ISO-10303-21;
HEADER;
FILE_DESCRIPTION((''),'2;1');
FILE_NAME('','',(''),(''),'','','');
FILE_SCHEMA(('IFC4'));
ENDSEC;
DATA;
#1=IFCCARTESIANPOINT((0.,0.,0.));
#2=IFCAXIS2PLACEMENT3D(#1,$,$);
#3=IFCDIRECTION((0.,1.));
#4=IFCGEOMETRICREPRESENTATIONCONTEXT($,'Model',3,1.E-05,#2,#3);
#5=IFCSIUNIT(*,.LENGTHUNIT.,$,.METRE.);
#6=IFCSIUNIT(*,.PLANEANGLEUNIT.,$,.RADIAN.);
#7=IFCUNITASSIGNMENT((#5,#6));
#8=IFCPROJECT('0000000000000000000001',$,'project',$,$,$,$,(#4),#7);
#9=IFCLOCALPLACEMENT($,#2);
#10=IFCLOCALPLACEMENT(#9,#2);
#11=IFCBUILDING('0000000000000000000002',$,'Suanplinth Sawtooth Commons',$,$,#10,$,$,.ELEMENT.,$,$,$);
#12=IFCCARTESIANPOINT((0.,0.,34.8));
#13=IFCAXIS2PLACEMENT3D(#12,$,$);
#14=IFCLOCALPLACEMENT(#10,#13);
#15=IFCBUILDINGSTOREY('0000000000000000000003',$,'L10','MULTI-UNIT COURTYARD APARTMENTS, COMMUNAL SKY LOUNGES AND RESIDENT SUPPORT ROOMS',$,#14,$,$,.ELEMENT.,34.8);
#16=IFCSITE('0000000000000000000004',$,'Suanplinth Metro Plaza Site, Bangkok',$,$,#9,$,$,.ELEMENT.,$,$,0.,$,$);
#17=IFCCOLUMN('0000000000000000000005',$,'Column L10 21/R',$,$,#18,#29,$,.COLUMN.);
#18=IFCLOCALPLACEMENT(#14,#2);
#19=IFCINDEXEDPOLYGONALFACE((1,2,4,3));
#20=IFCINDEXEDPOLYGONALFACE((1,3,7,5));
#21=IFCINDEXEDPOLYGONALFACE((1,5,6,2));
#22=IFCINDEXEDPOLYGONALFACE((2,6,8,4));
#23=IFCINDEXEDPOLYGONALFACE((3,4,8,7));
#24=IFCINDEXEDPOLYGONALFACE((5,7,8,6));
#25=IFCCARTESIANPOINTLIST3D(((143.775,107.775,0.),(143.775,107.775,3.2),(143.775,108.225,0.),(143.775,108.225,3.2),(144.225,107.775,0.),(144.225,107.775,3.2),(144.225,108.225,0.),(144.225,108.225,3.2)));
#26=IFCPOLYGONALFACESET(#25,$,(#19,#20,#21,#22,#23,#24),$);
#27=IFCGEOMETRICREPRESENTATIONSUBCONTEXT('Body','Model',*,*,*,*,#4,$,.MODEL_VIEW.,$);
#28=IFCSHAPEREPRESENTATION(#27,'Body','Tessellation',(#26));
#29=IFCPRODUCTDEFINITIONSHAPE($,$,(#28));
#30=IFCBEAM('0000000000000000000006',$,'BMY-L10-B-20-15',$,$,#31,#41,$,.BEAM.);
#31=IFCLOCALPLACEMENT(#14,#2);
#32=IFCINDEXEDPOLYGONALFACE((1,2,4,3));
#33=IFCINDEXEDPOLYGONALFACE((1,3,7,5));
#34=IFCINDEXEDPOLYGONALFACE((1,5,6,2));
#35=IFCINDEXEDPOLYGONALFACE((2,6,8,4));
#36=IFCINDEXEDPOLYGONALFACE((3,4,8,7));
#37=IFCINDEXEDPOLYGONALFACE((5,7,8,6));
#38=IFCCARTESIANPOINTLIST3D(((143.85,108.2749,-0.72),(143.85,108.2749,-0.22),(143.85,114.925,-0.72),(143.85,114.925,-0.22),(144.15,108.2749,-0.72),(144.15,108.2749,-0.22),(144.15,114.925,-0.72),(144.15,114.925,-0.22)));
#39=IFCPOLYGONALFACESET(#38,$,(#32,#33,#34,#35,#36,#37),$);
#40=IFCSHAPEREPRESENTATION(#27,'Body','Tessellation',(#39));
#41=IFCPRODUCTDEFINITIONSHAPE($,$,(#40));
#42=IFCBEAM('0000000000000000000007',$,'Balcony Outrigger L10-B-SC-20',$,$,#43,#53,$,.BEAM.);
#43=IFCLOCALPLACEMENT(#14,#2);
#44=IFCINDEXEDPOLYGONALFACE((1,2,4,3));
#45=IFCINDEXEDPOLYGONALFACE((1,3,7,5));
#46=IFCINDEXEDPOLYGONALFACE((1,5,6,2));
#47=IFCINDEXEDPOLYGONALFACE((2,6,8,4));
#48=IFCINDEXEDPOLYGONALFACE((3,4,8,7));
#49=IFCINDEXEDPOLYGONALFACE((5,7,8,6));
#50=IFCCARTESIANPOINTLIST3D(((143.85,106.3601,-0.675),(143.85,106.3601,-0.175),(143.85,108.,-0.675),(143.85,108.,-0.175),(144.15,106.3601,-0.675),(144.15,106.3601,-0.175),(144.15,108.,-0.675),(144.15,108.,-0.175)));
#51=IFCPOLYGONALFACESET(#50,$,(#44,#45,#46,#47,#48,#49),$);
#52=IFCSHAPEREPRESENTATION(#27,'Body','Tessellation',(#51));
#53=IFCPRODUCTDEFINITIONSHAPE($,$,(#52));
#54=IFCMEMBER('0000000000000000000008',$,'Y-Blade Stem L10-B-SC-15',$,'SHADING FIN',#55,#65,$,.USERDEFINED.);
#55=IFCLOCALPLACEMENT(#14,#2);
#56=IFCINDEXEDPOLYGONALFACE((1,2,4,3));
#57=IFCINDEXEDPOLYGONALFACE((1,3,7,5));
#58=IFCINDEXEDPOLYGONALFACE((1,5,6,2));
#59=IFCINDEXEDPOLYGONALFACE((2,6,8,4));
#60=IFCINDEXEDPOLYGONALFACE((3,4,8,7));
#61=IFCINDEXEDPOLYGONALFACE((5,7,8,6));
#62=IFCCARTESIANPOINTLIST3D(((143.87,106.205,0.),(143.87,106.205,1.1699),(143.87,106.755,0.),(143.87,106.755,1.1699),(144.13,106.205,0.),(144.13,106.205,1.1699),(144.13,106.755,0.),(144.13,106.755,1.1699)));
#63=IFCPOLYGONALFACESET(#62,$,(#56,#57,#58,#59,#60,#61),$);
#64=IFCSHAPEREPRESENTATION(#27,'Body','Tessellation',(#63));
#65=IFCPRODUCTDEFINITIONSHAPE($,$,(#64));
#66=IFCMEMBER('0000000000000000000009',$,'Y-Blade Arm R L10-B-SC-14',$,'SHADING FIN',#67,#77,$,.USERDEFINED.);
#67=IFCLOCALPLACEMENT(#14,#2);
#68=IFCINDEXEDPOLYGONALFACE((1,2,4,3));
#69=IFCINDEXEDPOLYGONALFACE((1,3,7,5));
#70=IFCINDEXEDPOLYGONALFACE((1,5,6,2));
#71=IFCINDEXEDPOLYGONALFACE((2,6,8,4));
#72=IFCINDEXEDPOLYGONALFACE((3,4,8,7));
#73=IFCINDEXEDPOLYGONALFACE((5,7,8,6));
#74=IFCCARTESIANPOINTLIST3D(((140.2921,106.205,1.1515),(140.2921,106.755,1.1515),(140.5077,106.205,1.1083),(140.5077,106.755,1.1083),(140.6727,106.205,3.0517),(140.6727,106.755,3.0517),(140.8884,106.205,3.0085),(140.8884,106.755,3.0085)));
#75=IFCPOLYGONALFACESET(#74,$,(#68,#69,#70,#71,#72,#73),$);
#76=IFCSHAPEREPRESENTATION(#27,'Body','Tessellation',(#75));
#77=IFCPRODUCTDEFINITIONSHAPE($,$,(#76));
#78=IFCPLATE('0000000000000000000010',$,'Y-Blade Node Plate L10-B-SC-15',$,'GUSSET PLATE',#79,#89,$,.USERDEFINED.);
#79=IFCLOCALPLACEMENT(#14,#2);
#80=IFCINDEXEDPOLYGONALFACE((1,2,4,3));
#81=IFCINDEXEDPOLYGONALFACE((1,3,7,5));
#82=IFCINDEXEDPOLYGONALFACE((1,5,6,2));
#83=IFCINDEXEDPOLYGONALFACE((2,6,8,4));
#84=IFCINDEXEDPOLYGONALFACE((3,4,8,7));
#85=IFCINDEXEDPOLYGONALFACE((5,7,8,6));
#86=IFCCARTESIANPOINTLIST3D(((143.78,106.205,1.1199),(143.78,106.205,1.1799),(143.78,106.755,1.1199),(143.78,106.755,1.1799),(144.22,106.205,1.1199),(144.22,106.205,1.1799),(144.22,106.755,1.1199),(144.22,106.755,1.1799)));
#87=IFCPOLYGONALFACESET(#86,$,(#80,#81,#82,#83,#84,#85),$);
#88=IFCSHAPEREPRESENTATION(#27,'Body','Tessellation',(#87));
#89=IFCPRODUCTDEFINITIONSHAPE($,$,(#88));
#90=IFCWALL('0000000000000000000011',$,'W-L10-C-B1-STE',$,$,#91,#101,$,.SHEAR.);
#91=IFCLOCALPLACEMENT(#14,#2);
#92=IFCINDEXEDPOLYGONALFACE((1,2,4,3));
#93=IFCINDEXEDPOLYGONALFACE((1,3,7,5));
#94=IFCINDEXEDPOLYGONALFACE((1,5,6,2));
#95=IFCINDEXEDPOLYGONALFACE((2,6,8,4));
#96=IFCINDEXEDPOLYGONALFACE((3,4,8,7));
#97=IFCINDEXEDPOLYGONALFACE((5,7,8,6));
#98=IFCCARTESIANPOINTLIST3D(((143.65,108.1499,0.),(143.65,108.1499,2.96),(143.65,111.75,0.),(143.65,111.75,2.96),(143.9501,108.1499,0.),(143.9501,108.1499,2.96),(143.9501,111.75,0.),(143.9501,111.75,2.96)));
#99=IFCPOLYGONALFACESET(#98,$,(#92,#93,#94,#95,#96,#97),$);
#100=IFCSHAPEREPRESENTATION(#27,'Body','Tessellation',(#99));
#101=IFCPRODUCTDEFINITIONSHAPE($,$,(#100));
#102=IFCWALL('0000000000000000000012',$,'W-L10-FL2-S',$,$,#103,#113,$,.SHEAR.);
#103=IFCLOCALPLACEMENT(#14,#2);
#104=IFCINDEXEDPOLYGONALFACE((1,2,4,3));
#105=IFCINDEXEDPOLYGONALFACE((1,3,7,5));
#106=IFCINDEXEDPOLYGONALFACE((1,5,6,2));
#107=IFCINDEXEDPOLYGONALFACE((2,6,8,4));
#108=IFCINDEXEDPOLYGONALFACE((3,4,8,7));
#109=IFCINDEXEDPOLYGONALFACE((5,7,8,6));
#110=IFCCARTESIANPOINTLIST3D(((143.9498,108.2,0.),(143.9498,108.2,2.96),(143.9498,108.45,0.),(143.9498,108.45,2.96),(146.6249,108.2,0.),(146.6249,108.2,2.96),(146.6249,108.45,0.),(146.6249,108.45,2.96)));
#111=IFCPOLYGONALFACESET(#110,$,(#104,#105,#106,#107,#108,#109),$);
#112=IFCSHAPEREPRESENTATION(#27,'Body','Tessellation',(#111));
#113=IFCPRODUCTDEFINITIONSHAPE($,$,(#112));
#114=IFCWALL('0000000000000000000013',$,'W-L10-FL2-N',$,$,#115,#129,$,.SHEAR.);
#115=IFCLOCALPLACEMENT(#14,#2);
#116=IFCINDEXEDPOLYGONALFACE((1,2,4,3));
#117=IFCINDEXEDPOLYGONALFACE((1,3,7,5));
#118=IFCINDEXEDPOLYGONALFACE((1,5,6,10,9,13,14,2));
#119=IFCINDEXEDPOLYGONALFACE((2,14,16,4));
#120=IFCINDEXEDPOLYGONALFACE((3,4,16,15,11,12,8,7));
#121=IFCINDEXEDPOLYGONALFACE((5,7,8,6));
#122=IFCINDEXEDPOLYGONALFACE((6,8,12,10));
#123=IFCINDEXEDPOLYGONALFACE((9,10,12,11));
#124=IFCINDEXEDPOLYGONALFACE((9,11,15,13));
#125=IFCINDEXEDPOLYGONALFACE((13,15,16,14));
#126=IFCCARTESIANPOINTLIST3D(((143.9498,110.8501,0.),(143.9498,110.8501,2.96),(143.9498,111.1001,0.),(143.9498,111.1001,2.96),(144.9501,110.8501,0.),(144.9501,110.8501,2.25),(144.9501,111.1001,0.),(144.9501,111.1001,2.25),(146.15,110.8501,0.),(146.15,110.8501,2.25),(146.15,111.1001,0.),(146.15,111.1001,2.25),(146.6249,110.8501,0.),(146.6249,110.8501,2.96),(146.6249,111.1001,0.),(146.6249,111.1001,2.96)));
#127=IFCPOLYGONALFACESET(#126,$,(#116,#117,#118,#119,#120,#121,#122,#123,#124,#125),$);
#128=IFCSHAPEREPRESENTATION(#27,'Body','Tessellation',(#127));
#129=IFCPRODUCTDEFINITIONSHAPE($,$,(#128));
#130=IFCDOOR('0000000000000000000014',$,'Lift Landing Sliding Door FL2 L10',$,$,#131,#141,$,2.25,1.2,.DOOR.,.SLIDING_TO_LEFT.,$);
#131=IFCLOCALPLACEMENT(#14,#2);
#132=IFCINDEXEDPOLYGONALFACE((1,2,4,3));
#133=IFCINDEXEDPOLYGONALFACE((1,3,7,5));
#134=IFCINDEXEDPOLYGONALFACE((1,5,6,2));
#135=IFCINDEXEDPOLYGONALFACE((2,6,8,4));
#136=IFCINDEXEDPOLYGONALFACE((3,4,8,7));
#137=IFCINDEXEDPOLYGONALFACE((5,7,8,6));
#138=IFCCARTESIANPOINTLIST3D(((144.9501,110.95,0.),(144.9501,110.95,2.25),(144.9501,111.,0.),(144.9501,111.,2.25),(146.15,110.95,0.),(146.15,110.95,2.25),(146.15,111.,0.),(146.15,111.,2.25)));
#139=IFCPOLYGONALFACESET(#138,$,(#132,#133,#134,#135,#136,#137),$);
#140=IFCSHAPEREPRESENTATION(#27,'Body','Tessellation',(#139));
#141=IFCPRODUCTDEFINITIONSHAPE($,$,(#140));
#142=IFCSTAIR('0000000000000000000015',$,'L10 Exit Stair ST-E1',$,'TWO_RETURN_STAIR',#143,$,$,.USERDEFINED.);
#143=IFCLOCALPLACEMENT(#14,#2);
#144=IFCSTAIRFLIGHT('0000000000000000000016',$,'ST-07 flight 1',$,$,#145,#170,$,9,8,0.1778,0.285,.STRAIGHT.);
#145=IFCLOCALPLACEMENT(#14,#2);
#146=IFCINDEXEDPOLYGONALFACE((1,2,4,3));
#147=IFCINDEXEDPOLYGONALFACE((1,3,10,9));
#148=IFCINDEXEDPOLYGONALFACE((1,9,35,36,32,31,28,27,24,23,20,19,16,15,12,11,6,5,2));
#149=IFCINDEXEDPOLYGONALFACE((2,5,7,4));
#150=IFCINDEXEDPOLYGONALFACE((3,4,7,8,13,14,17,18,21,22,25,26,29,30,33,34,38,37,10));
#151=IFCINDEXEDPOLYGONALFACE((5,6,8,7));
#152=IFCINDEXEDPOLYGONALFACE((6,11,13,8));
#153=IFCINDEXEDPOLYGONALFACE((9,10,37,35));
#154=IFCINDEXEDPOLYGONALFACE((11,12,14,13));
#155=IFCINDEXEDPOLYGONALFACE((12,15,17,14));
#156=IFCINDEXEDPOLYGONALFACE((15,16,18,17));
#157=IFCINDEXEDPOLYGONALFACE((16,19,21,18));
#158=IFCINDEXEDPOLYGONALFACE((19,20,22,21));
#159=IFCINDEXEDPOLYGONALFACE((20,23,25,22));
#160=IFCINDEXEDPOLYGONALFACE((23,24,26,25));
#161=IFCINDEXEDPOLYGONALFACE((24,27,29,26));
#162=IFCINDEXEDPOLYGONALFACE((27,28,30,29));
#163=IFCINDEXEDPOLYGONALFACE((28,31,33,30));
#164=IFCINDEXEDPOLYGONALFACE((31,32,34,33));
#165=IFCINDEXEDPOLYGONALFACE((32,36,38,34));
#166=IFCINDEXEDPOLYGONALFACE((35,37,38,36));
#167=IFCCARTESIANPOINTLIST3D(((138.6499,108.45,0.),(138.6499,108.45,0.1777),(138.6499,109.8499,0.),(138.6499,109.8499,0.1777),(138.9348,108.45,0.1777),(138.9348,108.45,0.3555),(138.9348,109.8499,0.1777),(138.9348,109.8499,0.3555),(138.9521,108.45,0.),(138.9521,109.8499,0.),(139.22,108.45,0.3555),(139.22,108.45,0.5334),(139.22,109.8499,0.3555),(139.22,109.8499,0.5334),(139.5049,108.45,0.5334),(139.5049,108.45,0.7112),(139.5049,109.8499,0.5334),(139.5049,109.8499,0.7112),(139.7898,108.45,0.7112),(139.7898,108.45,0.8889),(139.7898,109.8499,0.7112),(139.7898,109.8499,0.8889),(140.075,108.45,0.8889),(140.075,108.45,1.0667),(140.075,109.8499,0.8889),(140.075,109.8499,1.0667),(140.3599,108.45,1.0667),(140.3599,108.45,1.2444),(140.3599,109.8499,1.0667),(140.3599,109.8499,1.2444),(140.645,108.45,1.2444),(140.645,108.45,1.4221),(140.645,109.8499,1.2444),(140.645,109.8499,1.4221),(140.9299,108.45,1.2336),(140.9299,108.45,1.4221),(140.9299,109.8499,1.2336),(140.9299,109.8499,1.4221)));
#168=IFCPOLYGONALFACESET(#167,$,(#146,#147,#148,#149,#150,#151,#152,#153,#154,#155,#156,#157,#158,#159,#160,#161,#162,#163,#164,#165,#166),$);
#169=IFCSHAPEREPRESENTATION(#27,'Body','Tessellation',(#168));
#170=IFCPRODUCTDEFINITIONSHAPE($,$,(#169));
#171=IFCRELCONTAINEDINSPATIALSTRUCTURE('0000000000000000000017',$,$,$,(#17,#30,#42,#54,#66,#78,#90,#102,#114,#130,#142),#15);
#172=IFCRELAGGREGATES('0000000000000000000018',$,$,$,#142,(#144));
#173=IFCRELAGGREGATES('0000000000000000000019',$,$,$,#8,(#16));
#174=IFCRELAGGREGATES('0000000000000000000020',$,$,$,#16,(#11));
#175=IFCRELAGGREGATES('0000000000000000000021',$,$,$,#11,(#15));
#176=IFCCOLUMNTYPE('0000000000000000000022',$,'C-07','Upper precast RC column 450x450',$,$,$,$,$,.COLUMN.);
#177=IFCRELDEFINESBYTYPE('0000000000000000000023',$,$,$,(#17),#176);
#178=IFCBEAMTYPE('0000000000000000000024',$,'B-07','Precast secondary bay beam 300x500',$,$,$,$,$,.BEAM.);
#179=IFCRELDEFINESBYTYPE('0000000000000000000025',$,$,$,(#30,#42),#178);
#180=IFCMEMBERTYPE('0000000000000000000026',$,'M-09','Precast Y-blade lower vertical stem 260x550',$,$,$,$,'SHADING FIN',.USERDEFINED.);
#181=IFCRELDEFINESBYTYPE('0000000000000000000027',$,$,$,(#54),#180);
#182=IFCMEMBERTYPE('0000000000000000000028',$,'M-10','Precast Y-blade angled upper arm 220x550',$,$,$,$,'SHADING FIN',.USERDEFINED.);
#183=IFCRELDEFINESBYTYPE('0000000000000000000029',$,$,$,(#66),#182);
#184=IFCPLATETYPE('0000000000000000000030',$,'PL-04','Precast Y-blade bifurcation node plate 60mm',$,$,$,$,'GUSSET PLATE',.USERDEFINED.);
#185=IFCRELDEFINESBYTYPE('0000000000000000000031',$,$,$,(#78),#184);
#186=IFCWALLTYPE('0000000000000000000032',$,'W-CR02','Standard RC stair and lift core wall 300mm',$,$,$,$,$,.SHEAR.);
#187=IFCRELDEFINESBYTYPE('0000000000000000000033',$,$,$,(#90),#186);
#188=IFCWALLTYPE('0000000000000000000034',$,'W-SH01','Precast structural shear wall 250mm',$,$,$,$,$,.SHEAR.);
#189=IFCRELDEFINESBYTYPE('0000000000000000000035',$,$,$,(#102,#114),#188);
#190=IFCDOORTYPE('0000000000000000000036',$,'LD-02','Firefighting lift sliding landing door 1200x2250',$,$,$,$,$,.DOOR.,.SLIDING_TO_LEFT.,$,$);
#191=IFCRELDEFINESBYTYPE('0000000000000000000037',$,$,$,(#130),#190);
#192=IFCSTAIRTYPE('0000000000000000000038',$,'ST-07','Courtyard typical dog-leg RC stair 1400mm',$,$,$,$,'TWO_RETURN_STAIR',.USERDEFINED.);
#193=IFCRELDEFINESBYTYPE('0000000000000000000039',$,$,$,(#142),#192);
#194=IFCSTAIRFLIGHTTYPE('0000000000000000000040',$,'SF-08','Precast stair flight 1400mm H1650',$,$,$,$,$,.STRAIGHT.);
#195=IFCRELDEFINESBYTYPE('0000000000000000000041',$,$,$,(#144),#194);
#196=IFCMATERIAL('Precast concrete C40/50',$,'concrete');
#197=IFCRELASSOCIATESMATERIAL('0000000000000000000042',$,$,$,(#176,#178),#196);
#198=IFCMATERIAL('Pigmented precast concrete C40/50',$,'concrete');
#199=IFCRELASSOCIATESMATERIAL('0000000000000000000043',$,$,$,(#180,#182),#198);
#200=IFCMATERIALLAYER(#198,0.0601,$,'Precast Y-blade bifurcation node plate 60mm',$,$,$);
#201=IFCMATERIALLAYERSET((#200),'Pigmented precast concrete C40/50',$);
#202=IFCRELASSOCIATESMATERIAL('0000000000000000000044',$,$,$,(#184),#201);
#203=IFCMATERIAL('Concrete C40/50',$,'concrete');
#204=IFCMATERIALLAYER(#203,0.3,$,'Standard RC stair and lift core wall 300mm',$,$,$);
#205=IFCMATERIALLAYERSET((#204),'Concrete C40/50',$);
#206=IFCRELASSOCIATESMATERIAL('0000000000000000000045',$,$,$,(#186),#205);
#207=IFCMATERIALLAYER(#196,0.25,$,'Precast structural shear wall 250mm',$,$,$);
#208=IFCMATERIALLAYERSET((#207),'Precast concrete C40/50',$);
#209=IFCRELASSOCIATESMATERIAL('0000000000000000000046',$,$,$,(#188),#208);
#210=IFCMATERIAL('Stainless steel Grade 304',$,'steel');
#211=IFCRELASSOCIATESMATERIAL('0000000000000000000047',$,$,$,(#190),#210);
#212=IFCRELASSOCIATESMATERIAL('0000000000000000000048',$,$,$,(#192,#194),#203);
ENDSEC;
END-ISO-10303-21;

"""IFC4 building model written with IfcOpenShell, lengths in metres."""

from ifc_helpers import new_model, si_unit, direction, frame, frame_2d, origin, origin_2d, place, context, subcontext, project, spatial, polyline, rectangle, outline, extrude, material, layer, layer_set, material_profile, profile_set, type_object, element, fill, aggregate, save


model = new_model("IFC4")

# Units and contexts
model_context = context("Model", 3, precision=1e-05, world=origin(), true_north=direction((0.0, 1.0)))
body_context = subcontext(model_context, "Body", "Model", "MODEL_VIEW")
ifc_project = project(units=[si_unit("LENGTHUNIT", "METRE"), si_unit("PLANEANGLEUNIT", "RADIAN")], contexts=[model_context])

# Site, building, storey
site_placement = place(None, origin())
site = spatial("IfcSite", under=ifc_project, at=site_placement, Name="Suanplinth Metro Plaza Site, Bangkok", CompositionType="ELEMENT", RefElevation=0.0)
building_placement = place(site_placement, origin())
building = spatial("IfcBuilding", under=site, at=building_placement, Name="Suanplinth Sawtooth Commons", CompositionType="ELEMENT")
storey_placement = place(building_placement, frame((0.0, 0.0, 34.8)))
storey = spatial("IfcBuildingStorey", under=building, at=storey_placement, Name="L10", Description="MULTI-UNIT COURTYARD APARTMENTS, COMMUNAL SKY LOUNGES AND RESIDENT SUPPORT ROOMS", CompositionType="ELEMENT", Elevation=34.8)

# Column
ifc_material_1 = material(Name="Precast concrete C40/50", Category="concrete")
ifc_material_profile_1 = material_profile(ifc_material_1, rectangle(XDim=0.45, YDim=0.45, at=origin_2d()), Name="PC-COL 450x450")
ifc_profile_set_1 = profile_set([ifc_material_profile_1], Name="Precast concrete C40/50")
column_type = type_object("IfcColumnType", Name="C-07", Description="Upper precast RC column 450x450", PredefinedType="COLUMN", material=ifc_profile_set_1)
column_placement = place(storey_placement, frame((144.0, 108.0, 0.0), z_axis=(0.0, 0.0, 1.0), x_axis=(1.0, 0.0, 0.0)))
element("IfcColumn", 1, at=column_placement, inside=storey, type_object=column_type, Name="Column L10 21/R", PredefinedType="COLUMN", context=body_context, shape_type="SweptSolid", body=[
    extrude(rectangle(XDim=0.45, YDim=0.45, at=origin_2d()), origin(), (0.0, 0.0, 1.0), 3.2),
])

# Beams
ifc_material_profile_2 = material_profile(ifc_material_1, rectangle(XDim=0.3, YDim=0.5, at=origin_2d()), Name="PC-BM 300x500")
ifc_profile_set_2 = profile_set([ifc_material_profile_2], Name="Precast concrete C40/50")
beam_type = type_object("IfcBeamType", Name="B-07", Description="Precast secondary bay beam 300x500", PredefinedType="BEAM", material=ifc_profile_set_2)
beam_1_placement = place(storey_placement, frame((144.0, 108.2749, -0.47), z_axis=(0.0, 1.0, 0.0), x_axis=(-1.0, 0.0, 0.0)))
element("IfcBeam", 2, at=beam_1_placement, inside=storey, type_object=beam_type, Name="BMY-L10-B-20-15", PredefinedType="BEAM", context=body_context, shape_type="SweptSolid", body=[
    extrude(rectangle(XDim=0.3, YDim=0.5, at=origin_2d()), origin(), (0.0, 0.0, 1.0), 6.6501),
])
beam_2_placement = place(storey_placement, frame((144.0, 108.0, -0.425), z_axis=(0.0, -1.0, 0.0), x_axis=(1.0, 0.0, 0.0)))
element("IfcBeam", 3, at=beam_2_placement, inside=storey, type_object=beam_type, Name="Balcony Outrigger L10-B-SC-20", PredefinedType="BEAM", context=body_context, shape_type="SweptSolid", body=[
    extrude(rectangle(XDim=0.3, YDim=0.5, at=origin_2d()), origin(), (0.0, 0.0, 1.0), 1.6399),
])

# Members
ifc_material_2 = material(Name="Pigmented precast concrete C40/50", Category="concrete")
ifc_material_profile_3 = material_profile(ifc_material_2, rectangle(XDim=0.26, YDim=0.55, at=origin_2d()), Name="PC-FIN 260x550")
ifc_profile_set_3 = profile_set([ifc_material_profile_3], Name="Pigmented precast concrete C40/50")
member_type_1 = type_object("IfcMemberType", Name="M-09", Description="Precast Y-blade lower vertical stem 260x550", ElementType="SHADING FIN", PredefinedType="USERDEFINED", material=ifc_profile_set_3)
member_1_placement = place(storey_placement, frame((144.0, 106.48, 0.0), z_axis=(0.0, 0.0, 1.0), x_axis=(1.0, 0.0, 0.0)))
element("IfcMember", 4, at=member_1_placement, inside=storey, type_object=member_type_1, Name="Y-Blade Stem L10-B-SC-15", ObjectType="SHADING FIN", PredefinedType="USERDEFINED", context=body_context, shape_type="SweptSolid", body=[
    extrude(rectangle(XDim=0.26, YDim=0.55, at=origin_2d()), origin(), (0.0, 0.0, 1.0), 1.1699),
])
ifc_material_profile_4 = material_profile(ifc_material_2, rectangle(XDim=0.22, YDim=0.55, at=origin_2d()), Name="PC-FIN 220x550")
ifc_profile_set_4 = profile_set([ifc_material_profile_4], Name="Pigmented precast concrete C40/50")
member_type_2 = type_object("IfcMemberType", Name="M-10", Description="Precast Y-blade angled upper arm 220x550", ElementType="SHADING FIN", PredefinedType="USERDEFINED", material=ifc_profile_set_4)
member_2_placement = place(storey_placement, frame((140.3999, 106.48, 1.1299), z_axis=(0.196407, 0.0, 0.980522), x_axis=(-0.980522, 0.0, 0.196407)))
element("IfcMember", 5, at=member_2_placement, inside=storey, type_object=member_type_2, Name="Y-Blade Arm R L10-B-SC-14", ObjectType="SHADING FIN", PredefinedType="USERDEFINED", context=body_context, shape_type="SweptSolid", body=[
    extrude(rectangle(XDim=0.22, YDim=0.55, at=origin_2d()), origin(), (0.0, 0.0, 1.0), 1.938),
])

# Plate
ifc_layer_1 = layer(ifc_material_2, 0.0601, Name="Precast Y-blade bifurcation node plate 60mm")
ifc_layer_set_1 = layer_set([ifc_layer_1], Name="Pigmented precast concrete C40/50")
plate_type = type_object("IfcPlateType", Name="PL-04", Description="Precast Y-blade bifurcation node plate 60mm", ElementType="GUSSET PLATE", PredefinedType="USERDEFINED", material=ifc_layer_set_1)
plate_placement = place(storey_placement, frame((144.0, 106.48, 1.1199), z_axis=(0.0, 0.0, 1.0), x_axis=(1.0, 0.0, 0.0)))
element("IfcPlate", 6, at=plate_placement, inside=storey, type_object=plate_type, Name="Y-Blade Node Plate L10-B-SC-15", ObjectType="GUSSET PLATE", PredefinedType="USERDEFINED", context=body_context, shape_type="SweptSolid", body=[
    extrude(rectangle(XDim=0.4399, YDim=0.55, at=origin_2d()), origin(), (0.0, 0.0, 1.0), 0.0601),
])

# Walls
ifc_material_3 = material(Name="Concrete C40/50", Category="concrete")
ifc_layer_2 = layer(ifc_material_3, 0.3, Name="Standard RC stair and lift core wall 300mm")
ifc_layer_set_2 = layer_set([ifc_layer_2], Name="Concrete C40/50")
wall_type_1 = type_object("IfcWallType", Name="W-CR02", Description="Standard RC stair and lift core wall 300mm", PredefinedType="SHEAR", material=ifc_layer_set_2)
wall_1_placement = place(storey_placement, frame((143.8, 108.1499, 0.0), z_axis=(0.0, 0.0, 1.0), x_axis=(0.0, 1.0, 0.0)))
element("IfcWall", 7, at=wall_1_placement, inside=storey, type_object=wall_type_1, Name="W-L10-C-B1-STE", PredefinedType="SHEAR", context=body_context, shape_type="SweptSolid", body=[
    extrude(rectangle(XDim=3.6001, YDim=0.3, at=frame_2d((1.8, 0.0))), origin(), (0.0, 0.0, 1.0), 2.96),
])
ifc_layer_3 = layer(ifc_material_1, 0.25, Name="Precast structural shear wall 250mm")
ifc_layer_set_3 = layer_set([ifc_layer_3], Name="Precast concrete C40/50")
wall_type_2 = type_object("IfcWallType", Name="W-SH01", Description="Precast structural shear wall 250mm", PredefinedType="SHEAR", material=ifc_layer_set_3)
wall_2_placement = place(storey_placement, frame((143.95, 108.325, 0.0), z_axis=(0.0, 0.0, 1.0), x_axis=(1.0, 0.0, 0.0)))
element("IfcWall", 8, at=wall_2_placement, inside=storey, type_object=wall_type_2, Name="W-L10-FL2-S", PredefinedType="SHEAR", context=body_context, shape_type="SweptSolid", body=[
    extrude(rectangle(XDim=2.675, YDim=0.25, at=frame_2d((1.3374, 0.0))), origin(), (0.0, 0.0, 1.0), 2.96),
])

# Wall, opening, door
wall_3_placement = place(storey_placement, frame((143.95, 110.9751, 0.0), z_axis=(0.0, 0.0, 1.0), x_axis=(1.0, 0.0, 0.0)))
wall_3 = element("IfcWall", 9, at=wall_3_placement, inside=storey, type_object=wall_type_2, Name="W-L10-FL2-N", PredefinedType="SHEAR", context=body_context, shape_type="SweptSolid", body=[
    extrude(rectangle(XDim=2.675, YDim=0.25, at=frame_2d((1.3374, 0.0))), origin(), (0.0, 0.0, 1.0), 2.96),
])
opening_placement = place(wall_3_placement, frame((1.0, 0.0, 0.0)))
opening = element("IfcOpeningElement", 10, at=opening_placement, cuts=wall_3, PredefinedType="OPENING", context=body_context, shape_type="SweptSolid", body=[
    extrude(rectangle(XDim=1.2, YDim=2.25, at=frame_2d((0.6001, 1.125))), frame((0.0, 0.1399, 0.0), z_axis=(0.0, -1.0, 0.0), x_axis=(1.0, 0.0, 0.0)), (0.0, 0.0, 1.0), 0.2798),
])
ifc_material_4 = material(Name="Stainless steel Grade 304", Category="steel")
door_type = type_object("IfcDoorType", Name="LD-02", Description="Firefighting lift sliding landing door 1200x2250", OperationType="SLIDING_TO_LEFT", PredefinedType="DOOR", material=ifc_material_4)
door_placement = place(opening_placement, origin())
door = element("IfcDoor", 11, at=door_placement, inside=storey, type_object=door_type, Name="Lift Landing Sliding Door FL2 L10", OperationType="SLIDING_TO_LEFT", OverallHeight=2.25, OverallWidth=1.2, PredefinedType="DOOR", context=body_context, shape_type="SweptSolid", body=[
    extrude(rectangle(XDim=1.2, YDim=2.25, at=frame_2d((0.6001, 1.125))), frame((0.0, 0.0249, 0.0), z_axis=(0.0, -1.0, 0.0), x_axis=(1.0, 0.0, 0.0)), (0.0, 0.0, 1.0), 0.05),
])
fill(opening, door)

# Stair, stair flight
stair_type = type_object("IfcStairType", Name="ST-07", Description="Courtyard typical dog-leg RC stair 1400mm", ElementType="TWO_RETURN_STAIR", PredefinedType="USERDEFINED", material=ifc_material_3)
stair_placement = place(storey_placement, origin())
stair = element("IfcStair", 12, at=stair_placement, inside=storey, type_object=stair_type, Name="L10 Exit Stair ST-E1", ObjectType="TWO_RETURN_STAIR", PredefinedType="USERDEFINED")
stair_flight_type = type_object("IfcStairFlightType", Name="SF-08", Description="Precast stair flight 1400mm H1650", PredefinedType="STRAIGHT", material=ifc_material_3)
stair_flight_1_placement = place(storey_placement, frame((138.6499, 109.1499, 0.0), z_axis=(0.0, 0.0, 1.0), x_axis=(1.0, 0.0, 0.0)))
stair_flight_1 = element("IfcStairFlight", 13, at=stair_flight_1_placement, type_object=stair_flight_type, Name="ST-07 flight 1", NumberOfRisers=9, NumberOfTreads=8, PredefinedType="STRAIGHT", RiserHeight=0.1778, TreadLength=0.285, context=body_context, shape_type="SweptSolid", body=[
    extrude(outline(polyline([(0.0, 0.0), (0.0, 0.1777), (0.2849, 0.1777), (0.2849, 0.3555), (0.5701, 0.3555), (0.5701, 0.5334), (0.855, 0.5334), (0.855, 0.7112), (1.1399, 0.7112), (1.1399, 0.8889), (1.425, 0.8889), (1.425, 1.0667), (1.71, 1.0667), (1.71, 1.2444), (1.9951, 1.2444), (1.9951, 1.4221), (2.28, 1.4221), (2.28, 1.6001), (2.28, 1.2336), (0.3022, 0.0), (0.0, 0.0)])), frame((0.0, 0.7, 0.0), z_axis=(0.0, -1.0, 0.0), x_axis=(1.0, 0.0, 0.0)), (0.0, 0.0, 1.0), 1.3999),
])
aggregate(stair, [stair_flight_1])

save(model, "model.ifc")
